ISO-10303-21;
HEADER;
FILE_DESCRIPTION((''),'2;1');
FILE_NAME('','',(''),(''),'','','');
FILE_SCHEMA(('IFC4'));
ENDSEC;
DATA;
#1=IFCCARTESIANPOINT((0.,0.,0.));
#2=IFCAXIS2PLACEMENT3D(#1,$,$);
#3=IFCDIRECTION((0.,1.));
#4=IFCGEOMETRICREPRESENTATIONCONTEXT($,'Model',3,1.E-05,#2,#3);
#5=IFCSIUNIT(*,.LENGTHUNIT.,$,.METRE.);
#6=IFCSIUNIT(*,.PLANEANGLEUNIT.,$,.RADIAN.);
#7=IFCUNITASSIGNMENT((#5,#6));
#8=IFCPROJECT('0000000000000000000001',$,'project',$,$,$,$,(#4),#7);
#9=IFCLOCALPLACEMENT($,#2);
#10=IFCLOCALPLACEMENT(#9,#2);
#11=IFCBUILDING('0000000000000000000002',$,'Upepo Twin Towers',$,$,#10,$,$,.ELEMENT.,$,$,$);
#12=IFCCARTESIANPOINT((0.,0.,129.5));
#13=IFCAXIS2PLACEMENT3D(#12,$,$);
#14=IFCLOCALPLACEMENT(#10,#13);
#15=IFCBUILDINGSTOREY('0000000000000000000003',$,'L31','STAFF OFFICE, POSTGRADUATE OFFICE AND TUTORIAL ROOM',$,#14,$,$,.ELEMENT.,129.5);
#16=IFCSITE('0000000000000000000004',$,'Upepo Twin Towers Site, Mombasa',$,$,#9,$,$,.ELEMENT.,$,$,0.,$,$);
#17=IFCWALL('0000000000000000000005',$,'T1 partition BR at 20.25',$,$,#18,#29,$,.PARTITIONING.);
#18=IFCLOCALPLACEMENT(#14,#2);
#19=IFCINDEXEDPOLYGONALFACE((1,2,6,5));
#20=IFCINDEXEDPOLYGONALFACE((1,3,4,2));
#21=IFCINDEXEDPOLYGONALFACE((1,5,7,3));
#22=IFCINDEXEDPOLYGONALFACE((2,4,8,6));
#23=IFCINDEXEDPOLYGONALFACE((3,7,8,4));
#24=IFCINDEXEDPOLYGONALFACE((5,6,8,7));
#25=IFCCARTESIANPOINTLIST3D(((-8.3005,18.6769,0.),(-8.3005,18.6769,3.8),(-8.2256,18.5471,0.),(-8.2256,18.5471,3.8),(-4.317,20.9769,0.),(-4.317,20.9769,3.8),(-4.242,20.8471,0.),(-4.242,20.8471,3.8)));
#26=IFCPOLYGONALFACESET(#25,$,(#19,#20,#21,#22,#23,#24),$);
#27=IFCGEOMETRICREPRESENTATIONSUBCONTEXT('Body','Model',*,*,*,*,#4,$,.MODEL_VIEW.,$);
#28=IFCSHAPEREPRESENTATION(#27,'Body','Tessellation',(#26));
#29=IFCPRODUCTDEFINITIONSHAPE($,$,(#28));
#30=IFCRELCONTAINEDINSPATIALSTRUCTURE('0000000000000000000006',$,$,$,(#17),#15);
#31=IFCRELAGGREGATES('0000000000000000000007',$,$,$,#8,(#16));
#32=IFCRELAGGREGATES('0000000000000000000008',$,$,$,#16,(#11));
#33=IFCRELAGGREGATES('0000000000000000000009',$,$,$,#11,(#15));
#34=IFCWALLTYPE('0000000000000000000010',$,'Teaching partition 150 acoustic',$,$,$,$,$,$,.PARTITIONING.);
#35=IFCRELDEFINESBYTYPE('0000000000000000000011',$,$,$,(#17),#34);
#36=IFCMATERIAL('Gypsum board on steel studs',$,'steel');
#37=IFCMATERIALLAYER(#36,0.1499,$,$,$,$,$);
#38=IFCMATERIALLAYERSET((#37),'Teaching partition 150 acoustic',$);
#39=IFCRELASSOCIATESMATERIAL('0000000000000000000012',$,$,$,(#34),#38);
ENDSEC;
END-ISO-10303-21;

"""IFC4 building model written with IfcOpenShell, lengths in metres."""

from ifc_helpers import new_model, si_unit, direction, frame, frame_2d, origin, place, context, subcontext, project, spatial, rectangle, extrude, material, layer, layer_set, type_object, element, save


model = new_model("IFC4")

# Units and contexts
model_context = context("Model", 3, precision=1e-05, world=origin(), true_north=direction((0.0, 1.0)))
body_context = subcontext(model_context, "Body", "Model", "MODEL_VIEW")
ifc_project = project(units=[si_unit("LENGTHUNIT", "METRE"), si_unit("PLANEANGLEUNIT", "RADIAN")], contexts=[model_context])

# Site, building, storey
site_placement = place(None, origin())
site = spatial("IfcSite", under=ifc_project, at=site_placement, Name="Upepo Twin Towers Site, Mombasa", CompositionType="ELEMENT", RefElevation=0.0)
building_placement = place(site_placement, origin())
building = spatial("IfcBuilding", under=site, at=building_placement, Name="Upepo Twin Towers", CompositionType="ELEMENT")
storey_placement = place(building_placement, frame((0.0, 0.0, 129.5)))
storey = spatial("IfcBuildingStorey", under=building, at=storey_placement, Name="L31", Description="STAFF OFFICE, POSTGRADUATE OFFICE AND TUTORIAL ROOM", CompositionType="ELEMENT", Elevation=129.5)

# Shared definitions
ifc_material_1 = material(Name="Gypsum board on steel studs", Category="steel")
ifc_layer_1 = layer(ifc_material_1, 0.1499)
ifc_layer_set_1 = layer_set([ifc_layer_1], Name="Teaching partition 150 acoustic")
wall_type_1 = type_object("IfcWallType", Name="Teaching partition 150 acoustic", PredefinedType="PARTITIONING", material=ifc_layer_set_1)

# Wall
wall_1_placement = place(storey_placement, frame((-8.2629, 18.6121, 0.0), z_axis=(0.0, 0.0, 1.0), x_axis=(0.866017, 0.500015, 0.0)))
element("IfcWall", 1, at=wall_1_placement, inside=storey, type_object=wall_type_1, Name="T1 partition BR at 20.25", PredefinedType="PARTITIONING", context=body_context, shape_type="SweptSolid", body=[
    extrude(rectangle(XDim=4.5999, YDim=0.1499, at=frame_2d((2.2998, 0.0))), origin(), (0.0, 0.0, 1.0), 3.8),
])

save(model, "model.ifc")
